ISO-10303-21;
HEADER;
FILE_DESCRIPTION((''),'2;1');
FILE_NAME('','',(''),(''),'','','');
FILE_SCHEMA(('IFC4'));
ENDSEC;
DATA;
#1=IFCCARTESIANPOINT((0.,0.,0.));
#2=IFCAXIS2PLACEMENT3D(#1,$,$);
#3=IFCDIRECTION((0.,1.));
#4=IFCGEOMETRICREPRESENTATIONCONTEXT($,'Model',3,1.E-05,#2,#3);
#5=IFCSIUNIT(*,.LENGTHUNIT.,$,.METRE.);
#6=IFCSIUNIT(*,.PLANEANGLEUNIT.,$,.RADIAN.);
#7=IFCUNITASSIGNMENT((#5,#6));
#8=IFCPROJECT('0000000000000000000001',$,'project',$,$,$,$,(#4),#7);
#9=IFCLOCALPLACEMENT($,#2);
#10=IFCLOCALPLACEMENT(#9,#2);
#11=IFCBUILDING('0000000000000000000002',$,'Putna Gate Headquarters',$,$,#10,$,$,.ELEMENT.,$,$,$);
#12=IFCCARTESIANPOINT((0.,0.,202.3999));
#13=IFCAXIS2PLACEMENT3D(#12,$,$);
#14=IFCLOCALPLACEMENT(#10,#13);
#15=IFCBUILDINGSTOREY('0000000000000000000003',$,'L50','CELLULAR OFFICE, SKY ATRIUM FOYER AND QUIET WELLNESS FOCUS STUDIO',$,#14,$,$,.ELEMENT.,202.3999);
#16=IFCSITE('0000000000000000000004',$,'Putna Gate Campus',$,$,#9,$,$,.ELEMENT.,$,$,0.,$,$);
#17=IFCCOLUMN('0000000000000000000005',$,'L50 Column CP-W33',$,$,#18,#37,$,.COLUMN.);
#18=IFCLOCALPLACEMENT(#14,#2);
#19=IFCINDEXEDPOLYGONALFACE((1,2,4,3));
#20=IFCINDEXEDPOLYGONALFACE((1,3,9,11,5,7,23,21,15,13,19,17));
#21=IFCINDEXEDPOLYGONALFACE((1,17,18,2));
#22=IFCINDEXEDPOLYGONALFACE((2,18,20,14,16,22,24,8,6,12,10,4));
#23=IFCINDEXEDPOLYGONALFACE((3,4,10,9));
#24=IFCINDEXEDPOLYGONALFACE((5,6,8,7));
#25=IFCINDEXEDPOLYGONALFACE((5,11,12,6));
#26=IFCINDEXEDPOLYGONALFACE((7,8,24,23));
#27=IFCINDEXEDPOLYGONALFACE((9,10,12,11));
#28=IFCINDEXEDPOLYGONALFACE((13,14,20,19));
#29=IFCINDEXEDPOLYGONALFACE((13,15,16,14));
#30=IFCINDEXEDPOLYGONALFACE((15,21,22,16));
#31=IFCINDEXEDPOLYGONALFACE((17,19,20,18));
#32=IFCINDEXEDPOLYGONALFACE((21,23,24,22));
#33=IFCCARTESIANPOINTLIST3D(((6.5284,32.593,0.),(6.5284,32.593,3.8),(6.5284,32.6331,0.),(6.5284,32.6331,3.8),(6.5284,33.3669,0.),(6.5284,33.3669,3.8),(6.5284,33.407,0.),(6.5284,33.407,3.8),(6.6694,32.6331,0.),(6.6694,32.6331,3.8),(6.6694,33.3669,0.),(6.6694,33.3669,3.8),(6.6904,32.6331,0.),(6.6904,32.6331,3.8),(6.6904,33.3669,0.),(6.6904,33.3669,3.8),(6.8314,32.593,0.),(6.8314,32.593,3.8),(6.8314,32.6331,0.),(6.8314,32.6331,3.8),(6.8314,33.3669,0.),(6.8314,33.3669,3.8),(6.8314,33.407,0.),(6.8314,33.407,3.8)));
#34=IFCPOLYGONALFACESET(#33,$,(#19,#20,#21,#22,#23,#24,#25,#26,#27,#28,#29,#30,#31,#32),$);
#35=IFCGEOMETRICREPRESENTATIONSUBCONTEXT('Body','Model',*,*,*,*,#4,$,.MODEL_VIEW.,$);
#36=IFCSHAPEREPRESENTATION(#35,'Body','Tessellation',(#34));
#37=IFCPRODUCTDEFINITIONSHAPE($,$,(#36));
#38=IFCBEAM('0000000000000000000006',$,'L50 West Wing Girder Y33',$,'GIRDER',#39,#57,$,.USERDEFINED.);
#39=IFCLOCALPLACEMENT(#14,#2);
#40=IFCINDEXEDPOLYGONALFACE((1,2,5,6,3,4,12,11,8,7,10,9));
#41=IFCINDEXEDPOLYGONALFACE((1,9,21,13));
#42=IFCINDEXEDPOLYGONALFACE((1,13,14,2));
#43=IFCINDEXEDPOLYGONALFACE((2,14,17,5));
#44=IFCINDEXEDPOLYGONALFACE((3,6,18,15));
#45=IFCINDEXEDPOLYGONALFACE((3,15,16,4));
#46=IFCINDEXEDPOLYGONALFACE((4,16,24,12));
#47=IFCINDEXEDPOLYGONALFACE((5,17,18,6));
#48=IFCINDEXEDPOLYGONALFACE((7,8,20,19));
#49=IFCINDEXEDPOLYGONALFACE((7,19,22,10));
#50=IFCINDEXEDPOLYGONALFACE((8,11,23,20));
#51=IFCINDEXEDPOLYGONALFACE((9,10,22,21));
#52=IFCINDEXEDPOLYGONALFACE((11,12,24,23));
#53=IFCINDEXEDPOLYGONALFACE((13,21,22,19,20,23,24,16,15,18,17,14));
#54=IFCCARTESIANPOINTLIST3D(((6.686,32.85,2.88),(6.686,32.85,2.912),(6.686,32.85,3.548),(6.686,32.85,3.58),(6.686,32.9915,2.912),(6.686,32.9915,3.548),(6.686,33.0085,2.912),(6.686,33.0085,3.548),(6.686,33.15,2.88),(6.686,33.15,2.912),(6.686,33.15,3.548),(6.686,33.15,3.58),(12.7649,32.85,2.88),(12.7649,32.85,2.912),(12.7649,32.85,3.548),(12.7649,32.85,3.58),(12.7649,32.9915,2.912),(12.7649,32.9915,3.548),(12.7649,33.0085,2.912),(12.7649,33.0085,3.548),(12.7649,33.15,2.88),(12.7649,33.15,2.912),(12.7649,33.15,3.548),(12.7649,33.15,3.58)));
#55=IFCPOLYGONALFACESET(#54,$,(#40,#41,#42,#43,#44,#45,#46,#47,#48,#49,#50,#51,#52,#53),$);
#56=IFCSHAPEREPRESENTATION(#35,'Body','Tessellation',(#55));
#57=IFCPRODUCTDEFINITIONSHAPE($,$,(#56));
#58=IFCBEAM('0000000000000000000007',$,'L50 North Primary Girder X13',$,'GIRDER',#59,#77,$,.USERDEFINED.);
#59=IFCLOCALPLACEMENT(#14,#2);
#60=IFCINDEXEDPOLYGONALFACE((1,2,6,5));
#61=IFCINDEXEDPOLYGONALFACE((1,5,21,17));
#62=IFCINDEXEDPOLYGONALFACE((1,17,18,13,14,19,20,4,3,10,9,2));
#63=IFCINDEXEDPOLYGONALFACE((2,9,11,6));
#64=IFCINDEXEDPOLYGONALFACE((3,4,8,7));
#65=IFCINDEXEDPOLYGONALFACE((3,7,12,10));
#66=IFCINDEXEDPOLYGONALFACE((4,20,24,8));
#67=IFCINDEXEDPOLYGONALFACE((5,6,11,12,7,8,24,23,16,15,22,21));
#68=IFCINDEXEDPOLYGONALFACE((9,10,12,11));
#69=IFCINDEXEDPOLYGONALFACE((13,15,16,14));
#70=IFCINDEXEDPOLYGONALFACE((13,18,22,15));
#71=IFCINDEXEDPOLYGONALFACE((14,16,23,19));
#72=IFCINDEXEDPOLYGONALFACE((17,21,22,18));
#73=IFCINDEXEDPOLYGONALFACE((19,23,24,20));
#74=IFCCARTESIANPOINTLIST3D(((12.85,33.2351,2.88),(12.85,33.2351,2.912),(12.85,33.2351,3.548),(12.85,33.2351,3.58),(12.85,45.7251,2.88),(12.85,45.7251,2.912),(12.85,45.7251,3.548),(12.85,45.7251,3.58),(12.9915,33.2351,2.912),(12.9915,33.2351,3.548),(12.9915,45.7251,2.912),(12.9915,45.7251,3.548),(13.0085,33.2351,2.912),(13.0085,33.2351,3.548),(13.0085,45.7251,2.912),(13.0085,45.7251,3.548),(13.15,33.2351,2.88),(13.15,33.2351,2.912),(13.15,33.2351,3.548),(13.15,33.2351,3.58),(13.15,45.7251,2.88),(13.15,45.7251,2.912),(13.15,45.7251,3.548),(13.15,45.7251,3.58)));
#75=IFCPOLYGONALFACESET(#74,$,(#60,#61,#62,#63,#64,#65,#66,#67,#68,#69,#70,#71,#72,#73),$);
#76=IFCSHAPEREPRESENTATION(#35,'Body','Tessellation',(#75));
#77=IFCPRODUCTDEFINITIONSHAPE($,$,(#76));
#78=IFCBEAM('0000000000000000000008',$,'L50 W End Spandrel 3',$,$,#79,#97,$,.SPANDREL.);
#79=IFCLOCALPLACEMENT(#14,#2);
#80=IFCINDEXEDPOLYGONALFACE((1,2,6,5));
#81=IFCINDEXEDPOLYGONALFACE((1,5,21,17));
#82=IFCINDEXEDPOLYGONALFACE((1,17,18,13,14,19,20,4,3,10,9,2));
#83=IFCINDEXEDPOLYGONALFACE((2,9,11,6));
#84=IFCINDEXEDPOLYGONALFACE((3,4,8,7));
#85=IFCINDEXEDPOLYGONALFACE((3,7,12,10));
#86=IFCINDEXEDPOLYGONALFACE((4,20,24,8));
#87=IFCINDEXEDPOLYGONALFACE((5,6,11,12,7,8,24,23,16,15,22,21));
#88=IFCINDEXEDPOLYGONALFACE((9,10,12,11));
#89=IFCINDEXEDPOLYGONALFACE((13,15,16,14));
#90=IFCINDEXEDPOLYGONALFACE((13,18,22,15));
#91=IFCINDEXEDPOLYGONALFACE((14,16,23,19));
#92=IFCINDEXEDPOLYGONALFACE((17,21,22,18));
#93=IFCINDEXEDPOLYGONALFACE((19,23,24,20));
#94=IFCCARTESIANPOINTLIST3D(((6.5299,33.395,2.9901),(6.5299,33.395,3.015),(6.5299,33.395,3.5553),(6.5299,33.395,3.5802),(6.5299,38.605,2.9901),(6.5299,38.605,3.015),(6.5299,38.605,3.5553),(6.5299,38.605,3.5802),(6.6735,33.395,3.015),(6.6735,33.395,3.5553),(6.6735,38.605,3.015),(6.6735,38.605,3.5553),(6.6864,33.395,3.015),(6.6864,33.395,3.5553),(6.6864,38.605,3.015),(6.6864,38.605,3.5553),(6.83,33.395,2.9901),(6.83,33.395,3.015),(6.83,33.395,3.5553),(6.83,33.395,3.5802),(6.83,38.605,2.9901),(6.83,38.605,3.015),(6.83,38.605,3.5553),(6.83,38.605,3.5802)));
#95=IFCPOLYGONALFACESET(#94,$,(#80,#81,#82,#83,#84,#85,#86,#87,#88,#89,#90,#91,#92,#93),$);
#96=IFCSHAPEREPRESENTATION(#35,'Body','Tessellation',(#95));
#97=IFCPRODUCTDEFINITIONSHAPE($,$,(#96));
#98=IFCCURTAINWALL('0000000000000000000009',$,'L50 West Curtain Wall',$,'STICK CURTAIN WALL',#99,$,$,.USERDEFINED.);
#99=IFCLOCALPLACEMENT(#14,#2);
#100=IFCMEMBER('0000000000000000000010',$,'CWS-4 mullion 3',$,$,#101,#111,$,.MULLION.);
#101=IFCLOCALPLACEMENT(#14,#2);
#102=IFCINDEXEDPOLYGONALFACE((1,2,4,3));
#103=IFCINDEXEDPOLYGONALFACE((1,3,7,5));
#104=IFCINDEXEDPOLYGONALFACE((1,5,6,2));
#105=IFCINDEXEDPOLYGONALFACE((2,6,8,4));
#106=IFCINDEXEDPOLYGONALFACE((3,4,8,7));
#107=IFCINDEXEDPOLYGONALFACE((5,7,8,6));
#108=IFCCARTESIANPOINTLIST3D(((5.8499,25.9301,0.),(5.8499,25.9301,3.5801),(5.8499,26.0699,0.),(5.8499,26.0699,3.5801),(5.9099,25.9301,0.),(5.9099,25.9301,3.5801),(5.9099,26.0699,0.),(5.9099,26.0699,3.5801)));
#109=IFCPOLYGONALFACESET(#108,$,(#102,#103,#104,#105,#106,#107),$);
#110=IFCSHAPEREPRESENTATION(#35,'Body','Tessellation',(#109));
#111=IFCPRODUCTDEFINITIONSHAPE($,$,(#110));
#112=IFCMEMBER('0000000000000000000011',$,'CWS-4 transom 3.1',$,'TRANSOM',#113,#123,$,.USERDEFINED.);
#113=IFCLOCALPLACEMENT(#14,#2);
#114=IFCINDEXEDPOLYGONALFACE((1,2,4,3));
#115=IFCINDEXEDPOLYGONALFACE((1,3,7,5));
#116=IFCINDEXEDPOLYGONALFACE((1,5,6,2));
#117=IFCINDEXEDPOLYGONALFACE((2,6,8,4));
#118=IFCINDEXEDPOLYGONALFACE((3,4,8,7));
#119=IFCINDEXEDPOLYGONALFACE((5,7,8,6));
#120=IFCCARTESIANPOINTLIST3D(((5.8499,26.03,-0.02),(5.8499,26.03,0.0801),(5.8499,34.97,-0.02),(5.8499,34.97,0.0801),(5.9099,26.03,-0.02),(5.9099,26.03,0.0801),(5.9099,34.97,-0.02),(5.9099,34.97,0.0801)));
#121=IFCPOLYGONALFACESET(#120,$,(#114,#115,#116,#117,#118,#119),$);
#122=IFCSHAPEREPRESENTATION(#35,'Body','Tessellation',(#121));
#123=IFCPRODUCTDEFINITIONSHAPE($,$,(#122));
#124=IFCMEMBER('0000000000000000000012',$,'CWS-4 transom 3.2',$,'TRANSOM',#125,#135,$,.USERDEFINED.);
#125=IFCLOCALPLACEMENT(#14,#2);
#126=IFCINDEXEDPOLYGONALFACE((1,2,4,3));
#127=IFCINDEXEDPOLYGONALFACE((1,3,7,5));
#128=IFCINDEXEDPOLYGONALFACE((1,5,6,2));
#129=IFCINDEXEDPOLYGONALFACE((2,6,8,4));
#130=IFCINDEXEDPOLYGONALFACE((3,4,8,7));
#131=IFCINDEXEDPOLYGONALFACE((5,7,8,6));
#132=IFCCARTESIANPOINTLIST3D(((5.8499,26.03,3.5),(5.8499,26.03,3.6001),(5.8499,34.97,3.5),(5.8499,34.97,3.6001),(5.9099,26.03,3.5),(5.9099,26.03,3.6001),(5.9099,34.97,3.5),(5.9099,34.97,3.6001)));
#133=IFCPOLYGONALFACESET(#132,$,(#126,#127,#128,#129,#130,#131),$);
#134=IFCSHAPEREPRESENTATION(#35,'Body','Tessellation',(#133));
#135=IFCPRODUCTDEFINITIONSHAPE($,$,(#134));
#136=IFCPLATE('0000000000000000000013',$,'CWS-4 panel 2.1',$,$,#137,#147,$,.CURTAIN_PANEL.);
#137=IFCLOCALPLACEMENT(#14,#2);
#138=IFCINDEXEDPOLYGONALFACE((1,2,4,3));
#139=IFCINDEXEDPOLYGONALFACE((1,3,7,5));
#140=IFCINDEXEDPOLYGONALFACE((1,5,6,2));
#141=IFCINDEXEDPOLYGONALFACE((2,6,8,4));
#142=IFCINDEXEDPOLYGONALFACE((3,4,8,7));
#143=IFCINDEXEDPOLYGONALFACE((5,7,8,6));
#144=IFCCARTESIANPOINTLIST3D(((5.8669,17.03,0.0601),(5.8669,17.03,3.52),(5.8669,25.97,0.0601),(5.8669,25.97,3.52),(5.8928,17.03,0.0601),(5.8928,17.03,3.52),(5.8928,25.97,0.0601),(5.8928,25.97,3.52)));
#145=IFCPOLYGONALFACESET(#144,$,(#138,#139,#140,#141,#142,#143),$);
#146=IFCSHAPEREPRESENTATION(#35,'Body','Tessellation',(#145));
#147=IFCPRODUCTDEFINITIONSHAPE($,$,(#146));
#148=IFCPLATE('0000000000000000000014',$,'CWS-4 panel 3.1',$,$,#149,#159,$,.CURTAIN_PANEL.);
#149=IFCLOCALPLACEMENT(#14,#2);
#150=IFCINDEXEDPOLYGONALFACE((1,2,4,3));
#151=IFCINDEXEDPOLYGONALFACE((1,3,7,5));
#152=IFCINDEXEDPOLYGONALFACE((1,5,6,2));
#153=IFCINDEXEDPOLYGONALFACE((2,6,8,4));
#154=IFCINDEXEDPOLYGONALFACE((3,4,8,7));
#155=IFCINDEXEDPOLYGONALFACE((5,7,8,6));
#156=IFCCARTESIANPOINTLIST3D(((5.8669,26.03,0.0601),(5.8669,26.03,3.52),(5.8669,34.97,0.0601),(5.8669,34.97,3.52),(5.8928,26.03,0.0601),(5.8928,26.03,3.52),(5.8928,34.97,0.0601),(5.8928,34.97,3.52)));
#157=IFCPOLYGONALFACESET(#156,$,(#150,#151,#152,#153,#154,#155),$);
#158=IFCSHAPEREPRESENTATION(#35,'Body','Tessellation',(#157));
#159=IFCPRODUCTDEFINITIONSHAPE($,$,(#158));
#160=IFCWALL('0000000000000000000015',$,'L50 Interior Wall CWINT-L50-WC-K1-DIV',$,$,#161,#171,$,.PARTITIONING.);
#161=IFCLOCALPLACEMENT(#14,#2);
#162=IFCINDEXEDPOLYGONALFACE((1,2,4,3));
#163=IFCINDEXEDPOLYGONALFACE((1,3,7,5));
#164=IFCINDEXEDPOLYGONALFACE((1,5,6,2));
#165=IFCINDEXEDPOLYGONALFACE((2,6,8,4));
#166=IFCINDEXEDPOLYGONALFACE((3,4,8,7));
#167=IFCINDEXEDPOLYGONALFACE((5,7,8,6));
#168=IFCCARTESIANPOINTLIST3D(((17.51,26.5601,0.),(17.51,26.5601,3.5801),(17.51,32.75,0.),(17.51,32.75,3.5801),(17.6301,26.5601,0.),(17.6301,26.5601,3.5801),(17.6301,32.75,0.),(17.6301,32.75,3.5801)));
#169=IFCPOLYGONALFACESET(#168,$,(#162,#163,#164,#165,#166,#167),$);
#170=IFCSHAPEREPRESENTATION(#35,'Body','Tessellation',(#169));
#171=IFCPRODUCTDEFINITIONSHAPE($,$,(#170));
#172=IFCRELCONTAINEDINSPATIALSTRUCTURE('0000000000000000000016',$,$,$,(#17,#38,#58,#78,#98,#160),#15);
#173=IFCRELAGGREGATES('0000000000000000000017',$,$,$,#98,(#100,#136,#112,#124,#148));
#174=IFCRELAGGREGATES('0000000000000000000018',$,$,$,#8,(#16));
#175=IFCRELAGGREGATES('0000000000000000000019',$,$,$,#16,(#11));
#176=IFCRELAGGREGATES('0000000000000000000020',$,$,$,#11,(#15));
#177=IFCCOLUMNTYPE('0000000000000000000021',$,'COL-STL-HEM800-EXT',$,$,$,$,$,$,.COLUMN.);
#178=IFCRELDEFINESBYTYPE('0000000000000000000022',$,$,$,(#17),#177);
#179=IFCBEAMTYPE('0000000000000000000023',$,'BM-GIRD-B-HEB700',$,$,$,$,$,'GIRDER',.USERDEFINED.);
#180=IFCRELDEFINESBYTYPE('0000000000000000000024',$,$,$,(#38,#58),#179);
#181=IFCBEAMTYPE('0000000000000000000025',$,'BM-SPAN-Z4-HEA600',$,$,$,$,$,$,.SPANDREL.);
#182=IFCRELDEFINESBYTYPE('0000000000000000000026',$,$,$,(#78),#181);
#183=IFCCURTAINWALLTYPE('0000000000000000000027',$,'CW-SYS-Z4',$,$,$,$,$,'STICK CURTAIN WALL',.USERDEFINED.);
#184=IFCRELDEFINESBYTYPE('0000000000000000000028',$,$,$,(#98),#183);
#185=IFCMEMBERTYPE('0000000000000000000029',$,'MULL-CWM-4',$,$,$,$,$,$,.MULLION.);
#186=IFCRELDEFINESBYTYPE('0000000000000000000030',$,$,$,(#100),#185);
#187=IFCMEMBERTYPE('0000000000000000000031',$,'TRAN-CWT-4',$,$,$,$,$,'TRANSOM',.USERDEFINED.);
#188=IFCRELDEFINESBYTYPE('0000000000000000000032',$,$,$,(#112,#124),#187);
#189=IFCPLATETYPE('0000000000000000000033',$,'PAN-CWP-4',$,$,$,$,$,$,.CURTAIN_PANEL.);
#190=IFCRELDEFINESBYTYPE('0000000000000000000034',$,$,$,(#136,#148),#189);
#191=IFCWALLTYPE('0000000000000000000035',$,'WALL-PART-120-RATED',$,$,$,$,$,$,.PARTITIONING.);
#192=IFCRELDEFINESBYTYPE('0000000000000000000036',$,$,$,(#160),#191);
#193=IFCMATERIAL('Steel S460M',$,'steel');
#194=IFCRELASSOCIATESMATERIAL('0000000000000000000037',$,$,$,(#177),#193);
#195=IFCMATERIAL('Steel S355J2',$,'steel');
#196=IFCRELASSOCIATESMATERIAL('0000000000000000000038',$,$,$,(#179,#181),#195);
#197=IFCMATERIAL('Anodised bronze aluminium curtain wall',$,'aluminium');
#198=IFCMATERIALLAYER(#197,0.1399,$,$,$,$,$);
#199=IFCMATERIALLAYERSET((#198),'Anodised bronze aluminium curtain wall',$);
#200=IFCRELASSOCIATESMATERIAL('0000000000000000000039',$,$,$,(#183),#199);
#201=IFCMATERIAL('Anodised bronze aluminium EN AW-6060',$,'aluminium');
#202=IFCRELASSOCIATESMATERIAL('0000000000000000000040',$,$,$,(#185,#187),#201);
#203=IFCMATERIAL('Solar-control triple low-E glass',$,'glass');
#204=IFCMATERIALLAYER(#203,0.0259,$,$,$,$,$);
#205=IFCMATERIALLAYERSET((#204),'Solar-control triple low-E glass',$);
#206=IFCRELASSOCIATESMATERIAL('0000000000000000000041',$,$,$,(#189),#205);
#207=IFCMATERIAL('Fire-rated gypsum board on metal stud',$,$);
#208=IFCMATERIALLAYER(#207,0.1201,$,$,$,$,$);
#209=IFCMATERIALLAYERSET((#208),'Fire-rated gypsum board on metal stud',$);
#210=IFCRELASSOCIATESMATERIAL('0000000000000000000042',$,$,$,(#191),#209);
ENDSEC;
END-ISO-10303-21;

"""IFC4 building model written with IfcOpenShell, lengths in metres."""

from ifc_helpers import new_model, si_unit, direction, frame, frame_2d, origin, origin_2d, place, context, subcontext, project, spatial, rectangle, i_section, extrude, material, layer, layer_set, material_profile, profile_set, type_object, element, aggregate, save


model = new_model("IFC4")

# Units and contexts
model_context = context("Model", 3, precision=1e-05, world=origin(), true_north=direction((0.0, 1.0)))
body_context = subcontext(model_context, "Body", "Model", "MODEL_VIEW")
ifc_project = project(units=[si_unit("LENGTHUNIT", "METRE"), si_unit("PLANEANGLEUNIT", "RADIAN")], contexts=[model_context])

# Site, building, storey
site_placement = place(None, origin())
site = spatial("IfcSite", under=ifc_project, at=site_placement, Name="Putna Gate Campus", CompositionType="ELEMENT", RefElevation=0.0)
building_placement = place(site_placement, origin())
building = spatial("IfcBuilding", under=site, at=building_placement, Name="Putna Gate Headquarters", CompositionType="ELEMENT")
storey_placement = place(building_placement, frame((0.0, 0.0, 202.3999)))
storey = spatial("IfcBuildingStorey", under=building, at=storey_placement, Name="L50", Description="CELLULAR OFFICE, SKY ATRIUM FOYER AND QUIET WELLNESS FOCUS STUDIO", CompositionType="ELEMENT", Elevation=202.3999)

# Column
ifc_material_1 = material(Name="Steel S460M", Category="steel")
ifc_material_profile_1 = material_profile(ifc_material_1, i_section(OverallWidth=0.303, OverallDepth=0.814, WebThickness=0.021, FlangeThickness=0.04, at=origin_2d()), Name="Steel S460M")
ifc_profile_set_1 = profile_set([ifc_material_profile_1], Name="Steel S460M")
column_type = type_object("IfcColumnType", Name="COL-STL-HEM800-EXT", PredefinedType="COLUMN", material=ifc_profile_set_1)
column_placement = place(storey_placement, frame((6.6799, 33.0, 0.0), z_axis=(0.0, 0.0, 1.0), x_axis=(1.0, 0.0, 0.0)))
element("IfcColumn", 1, at=column_placement, inside=storey, type_object=column_type, Name="L50 Column CP-W33", PredefinedType="COLUMN", context=body_context, shape_type="SweptSolid", body=[
    extrude(i_section(OverallWidth=0.303, OverallDepth=0.814, WebThickness=0.021, FlangeThickness=0.04, at=origin_2d()), origin(), (0.0, 0.0, 1.0), 3.8),
])

# Beams
ifc_material_2 = material(Name="Steel S355J2", Category="steel")
ifc_material_profile_2 = material_profile(ifc_material_2, i_section(OverallWidth=0.3, OverallDepth=0.7, WebThickness=0.0171, FlangeThickness=0.032, at=origin_2d()), Name="Steel S355J2")
ifc_profile_set_2 = profile_set([ifc_material_profile_2], Name="Steel S355J2")
beam_type_1 = type_object("IfcBeamType", Name="BM-GIRD-B-HEB700", ElementType="GIRDER", PredefinedType="USERDEFINED", material=ifc_profile_set_2)
beam_1_placement = place(storey_placement, frame((6.686, 33.0, 3.23), z_axis=(1.0, 0.0, 0.0), x_axis=(0.0, 1.0, 0.0)))
element("IfcBeam", 2, at=beam_1_placement, inside=storey, type_object=beam_type_1, Name="L50 West Wing Girder Y33", ObjectType="GIRDER", PredefinedType="USERDEFINED", context=body_context, shape_type="SweptSolid", body=[
    extrude(i_section(OverallWidth=0.3, OverallDepth=0.7, WebThickness=0.0171, FlangeThickness=0.032, at=origin_2d()), origin(), (0.0, 0.0, 1.0), 6.0789),
])
beam_2_placement = place(storey_placement, frame((13.0, 33.2351, 3.23), z_axis=(0.0, 1.0, 0.0), x_axis=(-1.0, 0.0, 0.0)))
element("IfcBeam", 3, at=beam_2_placement, inside=storey, type_object=beam_type_1, Name="L50 North Primary Girder X13", ObjectType="GIRDER", PredefinedType="USERDEFINED", context=body_context, shape_type="SweptSolid", body=[
    extrude(i_section(OverallWidth=0.3, OverallDepth=0.7, WebThickness=0.0171, FlangeThickness=0.032, at=origin_2d()), origin(), (0.0, 0.0, 1.0), 12.49),
])
ifc_material_profile_3 = material_profile(ifc_material_2, i_section(OverallWidth=0.3, OverallDepth=0.5901, WebThickness=0.0129, FlangeThickness=0.0249, at=origin_2d()), Name="Steel S355J2")
ifc_profile_set_3 = profile_set([ifc_material_profile_3], Name="Steel S355J2")
beam_type_2 = type_object("IfcBeamType", Name="BM-SPAN-Z4-HEA600", PredefinedType="SPANDREL", material=ifc_profile_set_3)
beam_3_placement = place(storey_placement, frame((6.6799, 33.395, 3.2852), z_axis=(0.0, 1.0, 0.0), x_axis=(-1.0, 0.0, 0.0)))
element("IfcBeam", 4, at=beam_3_placement, inside=storey, type_object=beam_type_2, Name="L50 W End Spandrel 3", PredefinedType="SPANDREL", context=body_context, shape_type="SweptSolid", body=[
    extrude(i_section(OverallWidth=0.3, OverallDepth=0.5901, WebThickness=0.0129, FlangeThickness=0.0249, at=origin_2d()), origin(), (0.0, 0.0, 1.0), 5.21),
])

# Curtain wall, members, plates
ifc_material_3 = material(Name="Anodised bronze aluminium curtain wall", Category="aluminium")
ifc_layer_1 = layer(ifc_material_3, 0.1399)
ifc_layer_set_1 = layer_set([ifc_layer_1], Name="Anodised bronze aluminium curtain wall")
curtain_wall_type = type_object("IfcCurtainWallType", Name="CW-SYS-Z4", ElementType="STICK CURTAIN WALL", PredefinedType="USERDEFINED", material=ifc_layer_set_1)
curtain_wall_placement = place(storey_placement, origin())
curtain_wall = element("IfcCurtainWall", 5, at=curtain_wall_placement, inside=storey, type_object=curtain_wall_type, Name="L50 West Curtain Wall", ObjectType="STICK CURTAIN WALL", PredefinedType="USERDEFINED")
ifc_material_4 = material(Name="Anodised bronze aluminium EN AW-6060", Category="aluminium")
ifc_material_profile_4 = material_profile(ifc_material_4, rectangle(XDim=0.0601, YDim=0.1399, at=origin_2d()), Name="Anodised bronze aluminium EN AW-6060")
ifc_profile_set_4 = profile_set([ifc_material_profile_4], Name="Anodised bronze aluminium EN AW-6060")
member_type_1 = type_object("IfcMemberType", Name="MULL-CWM-4", PredefinedType="MULLION", material=ifc_profile_set_4)
member_1_placement = place(storey_placement, frame((5.8799, 26.0, 0.0), z_axis=(0.0, 0.0, 1.0), x_axis=(-1.0, 0.0, 0.0)))
member_1 = element("IfcMember", 6, at=member_1_placement, type_object=member_type_1, Name="CWS-4 mullion 3", PredefinedType="MULLION", context=body_context, shape_type="SweptSolid", body=[
    extrude(rectangle(XDim=0.0601, YDim=0.1399, at=origin_2d()), origin(), (0.0, 0.0, 1.0), 3.5801),
])
ifc_material_profile_5 = material_profile(ifc_material_4, rectangle(XDim=0.0601, YDim=0.1001, at=origin_2d()), Name="Anodised bronze aluminium EN AW-6060")
ifc_profile_set_5 = profile_set([ifc_material_profile_5], Name="Anodised bronze aluminium EN AW-6060")
member_type_2 = type_object("IfcMemberType", Name="TRAN-CWT-4", ElementType="TRANSOM", PredefinedType="USERDEFINED", material=ifc_profile_set_5)
member_2_placement = place(storey_placement, frame((5.8799, 26.03, 0.03), z_axis=(0.0, 1.0, 0.0), x_axis=(-1.0, 0.0, 0.0)))
member_2 = element("IfcMember", 7, at=member_2_placement, type_object=member_type_2, Name="CWS-4 transom 3.1", ObjectType="TRANSOM", PredefinedType="USERDEFINED", context=body_context, shape_type="SweptSolid", body=[
    extrude(rectangle(XDim=0.0601, YDim=0.1001, at=origin_2d()), origin(), (0.0, 0.0, 1.0), 8.9399),
])
member_3_placement = place(storey_placement, frame((5.8799, 26.03, 3.55), z_axis=(0.0, 1.0, 0.0), x_axis=(-1.0, 0.0, 0.0)))
member_3 = element("IfcMember", 8, at=member_3_placement, type_object=member_type_2, Name="CWS-4 transom 3.2", ObjectType="TRANSOM", PredefinedType="USERDEFINED", context=body_context, shape_type="SweptSolid", body=[
    extrude(rectangle(XDim=0.0601, YDim=0.1001, at=origin_2d()), origin(), (0.0, 0.0, 1.0), 8.9399),
])
ifc_material_5 = material(Name="Solar-control triple low-E glass", Category="glass")
ifc_layer_2 = layer(ifc_material_5, 0.0259)
ifc_layer_set_2 = layer_set([ifc_layer_2], Name="Solar-control triple low-E glass")
plate_type = type_object("IfcPlateType", Name="PAN-CWP-4", PredefinedType="CURTAIN_PANEL", material=ifc_layer_set_2)
plate_1_placement = place(storey_placement, frame((5.8799, 21.5, 0.0601), z_axis=(0.0, 0.0, 1.0), x_axis=(0.0, 1.0, 0.0)))
plate_1 = element("IfcPlate", 9, at=plate_1_placement, type_object=plate_type, Name="CWS-4 panel 2.1", PredefinedType="CURTAIN_PANEL", context=body_context, shape_type="SweptSolid", body=[
    extrude(rectangle(XDim=8.9399, YDim=0.0259, at=origin_2d()), origin(), (0.0, 0.0, 1.0), 3.46),
])
plate_2_placement = place(storey_placement, frame((5.8799, 30.5, 0.0601), z_axis=(0.0, 0.0, 1.0), x_axis=(0.0, 1.0, 0.0)))
plate_2 = element("IfcPlate", 10, at=plate_2_placement, type_object=plate_type, Name="CWS-4 panel 3.1", PredefinedType="CURTAIN_PANEL", context=body_context, shape_type="SweptSolid", body=[
    extrude(rectangle(XDim=8.9399, YDim=0.0259, at=origin_2d()), origin(), (0.0, 0.0, 1.0), 3.46),
])
aggregate(curtain_wall, [member_1, plate_1, member_2, member_3, plate_2])

# Wall
ifc_material_6 = material(Name="Fire-rated gypsum board on metal stud")
ifc_layer_3 = layer(ifc_material_6, 0.1201)
ifc_layer_set_3 = layer_set([ifc_layer_3], Name="Fire-rated gypsum board on metal stud")
wall_type_1 = type_object("IfcWallType", Name="WALL-PART-120-RATED", PredefinedType="PARTITIONING", material=ifc_layer_set_3)
wall_1_placement = place(storey_placement, frame((17.5701, 26.5601, 0.0), z_axis=(0.0, 0.0, 1.0), x_axis=(0.0, 1.0, 0.0)))
element("IfcWall", 11, at=wall_1_placement, inside=storey, type_object=wall_type_1, Name="L50 Interior Wall CWINT-L50-WC-K1-DIV", PredefinedType="PARTITIONING", context=body_context, shape_type="SweptSolid", body=[
    extrude(rectangle(XDim=6.1899, YDim=0.1201, at=frame_2d((3.095, 0.0))), origin(), (0.0, 0.0, 1.0), 3.5801),
])

save(model, "model.ifc")
